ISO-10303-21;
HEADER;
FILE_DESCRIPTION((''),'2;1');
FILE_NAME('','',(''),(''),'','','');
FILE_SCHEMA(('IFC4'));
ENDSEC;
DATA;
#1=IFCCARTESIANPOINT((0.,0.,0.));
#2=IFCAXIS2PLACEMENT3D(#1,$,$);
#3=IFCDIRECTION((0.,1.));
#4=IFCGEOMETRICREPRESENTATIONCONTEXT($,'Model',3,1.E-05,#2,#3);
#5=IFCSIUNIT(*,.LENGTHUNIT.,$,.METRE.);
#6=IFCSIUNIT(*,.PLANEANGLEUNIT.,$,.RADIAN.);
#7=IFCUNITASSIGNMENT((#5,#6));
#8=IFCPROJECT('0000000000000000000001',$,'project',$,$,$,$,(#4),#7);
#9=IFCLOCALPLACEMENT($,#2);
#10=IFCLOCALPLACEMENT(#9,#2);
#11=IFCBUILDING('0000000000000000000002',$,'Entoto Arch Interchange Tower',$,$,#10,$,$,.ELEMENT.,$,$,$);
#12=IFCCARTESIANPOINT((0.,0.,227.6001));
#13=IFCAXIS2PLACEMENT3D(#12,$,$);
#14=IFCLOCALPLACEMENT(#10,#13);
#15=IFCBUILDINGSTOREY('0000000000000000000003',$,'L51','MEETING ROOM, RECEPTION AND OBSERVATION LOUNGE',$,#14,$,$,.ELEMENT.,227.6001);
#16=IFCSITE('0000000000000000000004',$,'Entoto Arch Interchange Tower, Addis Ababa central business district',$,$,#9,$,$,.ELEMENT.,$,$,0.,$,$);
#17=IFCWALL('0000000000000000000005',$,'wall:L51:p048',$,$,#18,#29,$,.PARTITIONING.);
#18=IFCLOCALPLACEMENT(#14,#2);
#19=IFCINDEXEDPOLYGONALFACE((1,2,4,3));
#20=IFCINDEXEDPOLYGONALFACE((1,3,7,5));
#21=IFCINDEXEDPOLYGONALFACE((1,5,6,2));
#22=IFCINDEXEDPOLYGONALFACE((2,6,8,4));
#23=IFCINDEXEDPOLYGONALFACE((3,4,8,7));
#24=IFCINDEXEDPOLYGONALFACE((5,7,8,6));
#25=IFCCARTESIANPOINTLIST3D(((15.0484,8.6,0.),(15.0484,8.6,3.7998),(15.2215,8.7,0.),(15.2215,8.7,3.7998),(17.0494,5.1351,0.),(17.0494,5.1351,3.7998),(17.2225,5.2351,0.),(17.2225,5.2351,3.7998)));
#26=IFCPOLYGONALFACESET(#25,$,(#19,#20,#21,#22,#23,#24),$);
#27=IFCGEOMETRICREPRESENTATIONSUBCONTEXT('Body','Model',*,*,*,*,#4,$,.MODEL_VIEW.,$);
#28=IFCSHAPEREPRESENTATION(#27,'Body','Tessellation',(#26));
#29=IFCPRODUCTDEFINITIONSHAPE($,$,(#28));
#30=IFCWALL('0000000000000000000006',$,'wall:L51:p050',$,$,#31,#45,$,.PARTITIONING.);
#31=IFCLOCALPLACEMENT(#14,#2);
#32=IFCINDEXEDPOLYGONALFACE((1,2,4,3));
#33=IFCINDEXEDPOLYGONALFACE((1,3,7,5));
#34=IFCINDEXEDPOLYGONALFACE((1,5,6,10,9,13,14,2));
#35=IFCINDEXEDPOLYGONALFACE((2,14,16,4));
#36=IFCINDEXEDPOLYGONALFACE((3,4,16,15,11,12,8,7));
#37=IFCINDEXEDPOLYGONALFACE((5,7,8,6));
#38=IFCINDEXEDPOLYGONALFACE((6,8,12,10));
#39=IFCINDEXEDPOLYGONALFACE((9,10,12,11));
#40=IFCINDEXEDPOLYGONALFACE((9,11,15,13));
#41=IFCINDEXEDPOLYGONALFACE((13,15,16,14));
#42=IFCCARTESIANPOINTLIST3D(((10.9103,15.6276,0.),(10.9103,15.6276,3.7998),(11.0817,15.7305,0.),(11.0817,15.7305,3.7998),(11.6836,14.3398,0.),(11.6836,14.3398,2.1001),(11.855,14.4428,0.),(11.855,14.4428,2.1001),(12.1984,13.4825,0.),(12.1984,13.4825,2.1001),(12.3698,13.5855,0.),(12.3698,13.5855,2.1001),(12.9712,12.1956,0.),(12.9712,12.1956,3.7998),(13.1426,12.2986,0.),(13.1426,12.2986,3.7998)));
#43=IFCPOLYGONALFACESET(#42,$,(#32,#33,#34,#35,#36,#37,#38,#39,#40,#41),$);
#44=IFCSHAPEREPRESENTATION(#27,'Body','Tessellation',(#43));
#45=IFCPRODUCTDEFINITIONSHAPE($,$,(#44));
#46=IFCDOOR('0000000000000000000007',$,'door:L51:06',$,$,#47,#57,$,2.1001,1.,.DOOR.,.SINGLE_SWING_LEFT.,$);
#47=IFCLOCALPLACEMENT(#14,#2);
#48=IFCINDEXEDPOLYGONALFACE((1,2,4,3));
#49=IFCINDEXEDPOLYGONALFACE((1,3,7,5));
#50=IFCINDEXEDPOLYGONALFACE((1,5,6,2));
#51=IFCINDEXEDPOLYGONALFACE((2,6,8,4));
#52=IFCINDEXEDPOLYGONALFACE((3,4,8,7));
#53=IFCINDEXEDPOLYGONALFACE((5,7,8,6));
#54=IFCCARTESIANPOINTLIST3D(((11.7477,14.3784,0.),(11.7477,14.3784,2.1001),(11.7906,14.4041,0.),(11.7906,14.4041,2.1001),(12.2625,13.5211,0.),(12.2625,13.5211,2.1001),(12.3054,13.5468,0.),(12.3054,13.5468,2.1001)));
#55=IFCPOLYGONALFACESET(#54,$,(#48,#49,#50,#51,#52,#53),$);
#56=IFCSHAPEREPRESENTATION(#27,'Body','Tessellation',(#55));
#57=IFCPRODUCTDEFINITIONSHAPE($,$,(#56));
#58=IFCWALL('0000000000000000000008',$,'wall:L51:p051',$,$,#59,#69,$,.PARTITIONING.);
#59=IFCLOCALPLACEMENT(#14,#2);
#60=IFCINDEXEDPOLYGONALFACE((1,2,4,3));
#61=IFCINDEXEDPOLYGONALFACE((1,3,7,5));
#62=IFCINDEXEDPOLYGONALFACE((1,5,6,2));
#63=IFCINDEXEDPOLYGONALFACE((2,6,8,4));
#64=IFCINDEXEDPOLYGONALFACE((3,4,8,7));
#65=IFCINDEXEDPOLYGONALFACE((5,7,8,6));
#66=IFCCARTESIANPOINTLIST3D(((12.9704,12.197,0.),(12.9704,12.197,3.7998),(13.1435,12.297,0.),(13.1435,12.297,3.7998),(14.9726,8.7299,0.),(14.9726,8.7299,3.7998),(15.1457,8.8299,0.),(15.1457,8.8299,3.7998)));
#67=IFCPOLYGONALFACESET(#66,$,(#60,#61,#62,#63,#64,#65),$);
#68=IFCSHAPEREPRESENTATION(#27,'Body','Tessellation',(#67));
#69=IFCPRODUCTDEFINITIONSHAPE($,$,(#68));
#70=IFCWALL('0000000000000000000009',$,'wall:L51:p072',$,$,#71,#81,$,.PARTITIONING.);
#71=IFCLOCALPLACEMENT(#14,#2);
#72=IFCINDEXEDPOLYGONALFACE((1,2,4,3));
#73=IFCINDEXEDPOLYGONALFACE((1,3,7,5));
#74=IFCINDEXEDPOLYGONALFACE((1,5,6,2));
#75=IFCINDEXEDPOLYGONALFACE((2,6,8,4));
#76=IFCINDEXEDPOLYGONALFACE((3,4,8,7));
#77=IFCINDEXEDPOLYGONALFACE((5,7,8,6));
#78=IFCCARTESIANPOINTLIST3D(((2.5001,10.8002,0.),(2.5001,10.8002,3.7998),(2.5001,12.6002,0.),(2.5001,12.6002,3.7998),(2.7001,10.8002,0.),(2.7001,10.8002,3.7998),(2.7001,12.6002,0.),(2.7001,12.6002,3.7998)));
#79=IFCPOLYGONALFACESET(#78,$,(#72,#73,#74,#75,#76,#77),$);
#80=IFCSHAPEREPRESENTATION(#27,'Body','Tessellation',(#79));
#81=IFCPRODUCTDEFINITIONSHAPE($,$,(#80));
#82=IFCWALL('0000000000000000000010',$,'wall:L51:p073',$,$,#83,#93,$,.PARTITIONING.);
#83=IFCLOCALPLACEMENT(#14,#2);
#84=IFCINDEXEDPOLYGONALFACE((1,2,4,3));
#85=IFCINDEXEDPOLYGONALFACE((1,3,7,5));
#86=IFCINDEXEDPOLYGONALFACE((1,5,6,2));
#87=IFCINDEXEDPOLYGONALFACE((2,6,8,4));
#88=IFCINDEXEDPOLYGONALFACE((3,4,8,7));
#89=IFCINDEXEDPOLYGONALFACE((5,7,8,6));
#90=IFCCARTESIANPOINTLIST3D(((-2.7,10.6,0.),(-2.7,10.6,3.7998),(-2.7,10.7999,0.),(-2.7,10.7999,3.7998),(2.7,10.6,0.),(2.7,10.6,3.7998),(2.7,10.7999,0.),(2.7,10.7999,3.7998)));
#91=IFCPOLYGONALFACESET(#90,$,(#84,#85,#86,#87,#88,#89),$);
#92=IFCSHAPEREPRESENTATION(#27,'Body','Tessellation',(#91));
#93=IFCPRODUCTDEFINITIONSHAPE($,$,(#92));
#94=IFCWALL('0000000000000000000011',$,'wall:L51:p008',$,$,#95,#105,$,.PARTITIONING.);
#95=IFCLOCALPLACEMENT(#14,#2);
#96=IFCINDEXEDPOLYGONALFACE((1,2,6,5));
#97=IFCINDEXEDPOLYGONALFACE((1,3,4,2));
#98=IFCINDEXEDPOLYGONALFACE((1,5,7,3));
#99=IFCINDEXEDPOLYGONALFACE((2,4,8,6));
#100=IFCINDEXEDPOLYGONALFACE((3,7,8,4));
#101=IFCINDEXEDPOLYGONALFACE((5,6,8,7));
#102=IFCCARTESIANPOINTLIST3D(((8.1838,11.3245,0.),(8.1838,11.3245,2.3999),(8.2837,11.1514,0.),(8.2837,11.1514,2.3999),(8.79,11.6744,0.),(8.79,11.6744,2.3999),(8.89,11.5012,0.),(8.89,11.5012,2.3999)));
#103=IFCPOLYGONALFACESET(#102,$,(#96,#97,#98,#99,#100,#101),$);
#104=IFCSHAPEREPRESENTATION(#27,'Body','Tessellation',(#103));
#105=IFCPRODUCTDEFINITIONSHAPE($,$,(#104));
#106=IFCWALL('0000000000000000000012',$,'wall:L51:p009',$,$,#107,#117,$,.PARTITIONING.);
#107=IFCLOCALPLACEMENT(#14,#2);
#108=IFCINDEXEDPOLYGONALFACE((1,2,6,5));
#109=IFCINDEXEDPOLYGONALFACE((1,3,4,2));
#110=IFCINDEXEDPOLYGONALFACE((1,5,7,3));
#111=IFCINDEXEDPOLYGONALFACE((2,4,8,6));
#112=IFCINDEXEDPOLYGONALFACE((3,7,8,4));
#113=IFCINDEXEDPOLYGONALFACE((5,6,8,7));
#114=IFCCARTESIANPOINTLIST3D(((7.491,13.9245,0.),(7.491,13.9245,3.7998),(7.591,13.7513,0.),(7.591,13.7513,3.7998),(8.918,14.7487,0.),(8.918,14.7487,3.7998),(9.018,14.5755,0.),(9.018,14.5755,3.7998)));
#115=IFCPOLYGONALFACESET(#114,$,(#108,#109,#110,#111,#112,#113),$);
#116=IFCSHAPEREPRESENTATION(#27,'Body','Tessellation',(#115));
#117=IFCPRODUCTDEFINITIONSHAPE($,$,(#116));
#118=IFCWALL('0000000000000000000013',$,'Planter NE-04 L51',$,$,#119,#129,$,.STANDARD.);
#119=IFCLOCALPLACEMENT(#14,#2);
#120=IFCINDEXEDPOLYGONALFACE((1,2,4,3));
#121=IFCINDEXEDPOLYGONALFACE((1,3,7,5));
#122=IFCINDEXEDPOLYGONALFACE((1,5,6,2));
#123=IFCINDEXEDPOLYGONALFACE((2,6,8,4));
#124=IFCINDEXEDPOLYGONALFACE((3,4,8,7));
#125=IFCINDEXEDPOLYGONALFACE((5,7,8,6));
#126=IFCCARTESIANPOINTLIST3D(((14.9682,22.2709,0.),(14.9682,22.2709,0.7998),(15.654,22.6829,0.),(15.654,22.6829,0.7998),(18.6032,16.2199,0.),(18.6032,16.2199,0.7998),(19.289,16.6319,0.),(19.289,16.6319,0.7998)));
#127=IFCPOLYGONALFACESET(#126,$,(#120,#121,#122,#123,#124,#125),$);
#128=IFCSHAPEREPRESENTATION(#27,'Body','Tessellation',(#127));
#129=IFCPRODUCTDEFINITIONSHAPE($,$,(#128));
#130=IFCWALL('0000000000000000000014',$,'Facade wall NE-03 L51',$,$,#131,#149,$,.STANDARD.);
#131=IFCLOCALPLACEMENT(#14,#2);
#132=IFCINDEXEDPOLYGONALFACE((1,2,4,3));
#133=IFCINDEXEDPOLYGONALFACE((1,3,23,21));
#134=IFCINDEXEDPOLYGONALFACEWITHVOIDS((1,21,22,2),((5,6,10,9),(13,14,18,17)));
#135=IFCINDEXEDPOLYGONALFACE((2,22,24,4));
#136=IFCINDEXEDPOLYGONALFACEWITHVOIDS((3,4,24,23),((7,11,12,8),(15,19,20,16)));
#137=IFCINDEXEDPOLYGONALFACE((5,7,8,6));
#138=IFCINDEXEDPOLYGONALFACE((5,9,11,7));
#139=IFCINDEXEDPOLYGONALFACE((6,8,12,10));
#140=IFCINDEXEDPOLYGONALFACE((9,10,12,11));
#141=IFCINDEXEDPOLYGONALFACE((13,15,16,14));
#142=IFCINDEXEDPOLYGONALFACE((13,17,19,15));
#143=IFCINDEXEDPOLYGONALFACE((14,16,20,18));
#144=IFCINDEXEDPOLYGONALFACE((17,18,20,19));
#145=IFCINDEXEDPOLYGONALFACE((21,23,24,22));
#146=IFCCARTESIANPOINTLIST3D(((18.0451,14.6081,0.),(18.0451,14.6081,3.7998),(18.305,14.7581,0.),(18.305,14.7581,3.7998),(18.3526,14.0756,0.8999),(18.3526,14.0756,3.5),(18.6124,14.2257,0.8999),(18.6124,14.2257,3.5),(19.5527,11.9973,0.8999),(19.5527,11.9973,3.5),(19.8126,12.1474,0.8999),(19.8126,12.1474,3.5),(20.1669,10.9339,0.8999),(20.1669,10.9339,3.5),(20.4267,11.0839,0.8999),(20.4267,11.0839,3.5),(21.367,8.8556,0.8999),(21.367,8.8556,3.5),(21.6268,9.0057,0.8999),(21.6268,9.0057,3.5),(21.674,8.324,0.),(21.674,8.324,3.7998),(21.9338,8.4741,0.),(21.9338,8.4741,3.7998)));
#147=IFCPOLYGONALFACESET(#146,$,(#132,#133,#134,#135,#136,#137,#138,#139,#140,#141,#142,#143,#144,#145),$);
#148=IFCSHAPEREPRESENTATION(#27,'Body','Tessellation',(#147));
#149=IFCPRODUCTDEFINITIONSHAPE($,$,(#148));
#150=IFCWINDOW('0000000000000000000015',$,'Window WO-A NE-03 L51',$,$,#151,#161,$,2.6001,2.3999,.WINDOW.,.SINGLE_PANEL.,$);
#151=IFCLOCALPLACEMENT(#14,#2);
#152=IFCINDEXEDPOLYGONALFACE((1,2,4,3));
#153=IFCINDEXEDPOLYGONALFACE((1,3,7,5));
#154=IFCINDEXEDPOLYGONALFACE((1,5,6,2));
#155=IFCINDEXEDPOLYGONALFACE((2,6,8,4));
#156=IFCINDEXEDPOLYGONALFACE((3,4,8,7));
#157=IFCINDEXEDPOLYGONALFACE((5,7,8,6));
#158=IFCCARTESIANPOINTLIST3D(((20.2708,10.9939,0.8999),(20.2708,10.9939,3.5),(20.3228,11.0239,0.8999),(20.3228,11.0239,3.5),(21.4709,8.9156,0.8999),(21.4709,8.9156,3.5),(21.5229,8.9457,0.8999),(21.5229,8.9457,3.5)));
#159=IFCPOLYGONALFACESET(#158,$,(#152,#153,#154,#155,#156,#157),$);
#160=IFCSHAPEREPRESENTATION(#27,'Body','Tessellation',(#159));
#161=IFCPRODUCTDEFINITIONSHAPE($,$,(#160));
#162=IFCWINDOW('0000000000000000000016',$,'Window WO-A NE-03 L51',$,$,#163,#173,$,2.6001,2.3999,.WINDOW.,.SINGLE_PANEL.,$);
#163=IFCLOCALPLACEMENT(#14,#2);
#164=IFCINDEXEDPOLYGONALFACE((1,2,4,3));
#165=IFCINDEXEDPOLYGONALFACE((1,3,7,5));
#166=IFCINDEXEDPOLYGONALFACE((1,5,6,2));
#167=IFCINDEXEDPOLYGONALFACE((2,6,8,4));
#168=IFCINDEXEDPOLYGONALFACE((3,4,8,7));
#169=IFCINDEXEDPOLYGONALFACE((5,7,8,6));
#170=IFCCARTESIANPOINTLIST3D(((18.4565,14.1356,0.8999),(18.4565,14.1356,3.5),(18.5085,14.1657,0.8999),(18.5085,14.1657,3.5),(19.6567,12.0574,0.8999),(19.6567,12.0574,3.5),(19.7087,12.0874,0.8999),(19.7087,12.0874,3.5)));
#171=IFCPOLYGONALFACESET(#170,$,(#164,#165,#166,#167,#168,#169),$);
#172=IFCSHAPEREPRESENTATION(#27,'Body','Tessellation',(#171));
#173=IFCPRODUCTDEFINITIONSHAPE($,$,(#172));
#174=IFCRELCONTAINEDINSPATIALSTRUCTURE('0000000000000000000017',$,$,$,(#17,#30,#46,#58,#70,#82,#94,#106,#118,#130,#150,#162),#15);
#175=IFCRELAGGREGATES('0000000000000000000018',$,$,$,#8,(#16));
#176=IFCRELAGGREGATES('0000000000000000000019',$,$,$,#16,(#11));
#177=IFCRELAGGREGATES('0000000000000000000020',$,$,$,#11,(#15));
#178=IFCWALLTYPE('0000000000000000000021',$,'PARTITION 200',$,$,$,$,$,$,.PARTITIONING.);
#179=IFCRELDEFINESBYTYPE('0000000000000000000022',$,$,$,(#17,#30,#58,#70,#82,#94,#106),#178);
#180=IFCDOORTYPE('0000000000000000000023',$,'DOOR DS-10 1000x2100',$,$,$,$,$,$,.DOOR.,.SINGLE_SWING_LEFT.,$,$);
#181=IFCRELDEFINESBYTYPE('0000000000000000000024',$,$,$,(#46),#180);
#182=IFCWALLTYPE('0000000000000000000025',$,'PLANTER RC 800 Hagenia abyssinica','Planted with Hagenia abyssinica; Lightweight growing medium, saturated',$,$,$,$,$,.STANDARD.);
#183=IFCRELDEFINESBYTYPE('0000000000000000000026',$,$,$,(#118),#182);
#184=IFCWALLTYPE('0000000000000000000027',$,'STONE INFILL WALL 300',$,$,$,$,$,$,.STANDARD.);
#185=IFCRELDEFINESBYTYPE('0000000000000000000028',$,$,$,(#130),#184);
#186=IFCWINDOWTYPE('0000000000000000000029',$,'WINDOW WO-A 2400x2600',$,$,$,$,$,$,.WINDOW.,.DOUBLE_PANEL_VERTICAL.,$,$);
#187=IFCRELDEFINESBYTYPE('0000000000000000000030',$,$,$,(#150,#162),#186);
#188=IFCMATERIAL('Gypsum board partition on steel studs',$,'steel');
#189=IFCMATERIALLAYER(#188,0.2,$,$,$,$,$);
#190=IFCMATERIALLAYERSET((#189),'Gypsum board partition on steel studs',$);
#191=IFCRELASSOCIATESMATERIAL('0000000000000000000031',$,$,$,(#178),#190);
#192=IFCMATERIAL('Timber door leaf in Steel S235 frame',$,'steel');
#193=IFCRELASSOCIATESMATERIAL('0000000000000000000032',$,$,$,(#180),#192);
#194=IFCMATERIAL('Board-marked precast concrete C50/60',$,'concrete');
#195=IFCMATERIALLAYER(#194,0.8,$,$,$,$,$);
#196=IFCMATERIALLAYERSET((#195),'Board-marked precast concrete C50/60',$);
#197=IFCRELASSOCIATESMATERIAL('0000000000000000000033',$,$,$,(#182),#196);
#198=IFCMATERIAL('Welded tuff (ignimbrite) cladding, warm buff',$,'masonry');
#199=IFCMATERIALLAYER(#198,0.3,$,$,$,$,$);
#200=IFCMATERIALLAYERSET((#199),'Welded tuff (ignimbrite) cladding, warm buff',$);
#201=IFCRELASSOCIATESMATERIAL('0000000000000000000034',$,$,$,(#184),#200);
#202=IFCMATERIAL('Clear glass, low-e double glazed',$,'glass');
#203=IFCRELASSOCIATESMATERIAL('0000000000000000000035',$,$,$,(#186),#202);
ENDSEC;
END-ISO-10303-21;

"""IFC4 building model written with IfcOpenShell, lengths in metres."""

from ifc_helpers import new_model, si_unit, direction, frame, frame_2d, origin, place, context, subcontext, project, spatial, rectangle, extrude, material, layer, layer_set, type_object, element, fill, save


model = new_model("IFC4")

# Units and contexts
model_context = context("Model", 3, precision=1e-05, world=origin(), true_north=direction((0.0, 1.0)))
body_context = subcontext(model_context, "Body", "Model", "MODEL_VIEW")
ifc_project = project(units=[si_unit("LENGTHUNIT", "METRE"), si_unit("PLANEANGLEUNIT", "RADIAN")], contexts=[model_context])

# Site, building, storey
site_placement = place(None, origin())
site = spatial("IfcSite", under=ifc_project, at=site_placement, Name="Entoto Arch Interchange Tower, Addis Ababa central business district", CompositionType="ELEMENT", RefElevation=0.0)
building_placement = place(site_placement, origin())
building = spatial("IfcBuilding", under=site, at=building_placement, Name="Entoto Arch Interchange Tower", CompositionType="ELEMENT")
storey_placement = place(building_placement, frame((0.0, 0.0, 227.6001)))
storey = spatial("IfcBuildingStorey", under=building, at=storey_placement, Name="L51", Description="MEETING ROOM, RECEPTION AND OBSERVATION LOUNGE", CompositionType="ELEMENT", Elevation=227.6001)

# Shared definitions
ifc_material_1 = material(Name="Gypsum board partition on steel studs", Category="steel")
ifc_layer_1 = layer(ifc_material_1, 0.2)
ifc_layer_set_1 = layer_set([ifc_layer_1], Name="Gypsum board partition on steel studs")
wall_type_1 = type_object("IfcWallType", Name="PARTITION 200", PredefinedType="PARTITIONING", material=ifc_layer_set_1)

# Shared definitions
ifc_material_2 = material(Name="Timber door leaf in Steel S235 frame", Category="steel")
door_type_1 = type_object("IfcDoorType", Name="DOOR DS-10 1000x2100", OperationType="SINGLE_SWING_LEFT", PredefinedType="DOOR", material=ifc_material_2)

# Wall
wall_1_placement = place(storey_placement, frame((15.135, 8.6499, 0.0), z_axis=(0.0, 0.0, 1.0), x_axis=(0.500103, -0.865966, 0.0)))
element("IfcWall", 1, at=wall_1_placement, inside=storey, type_object=wall_type_1, Name="wall:L51:p048", PredefinedType="PARTITIONING", context=body_context, shape_type="SweptSolid", body=[
    extrude(rectangle(XDim=4.0012, YDim=0.2, at=frame_2d((2.0005, 0.0))), origin(), (0.0, 0.0, 1.0), 3.7998),
])

# Wall, opening, door
wall_2_placement = place(storey_placement, frame((10.9961, 15.679, 0.0), z_axis=(0.0, 0.0, 1.0), x_axis=(0.514801, -0.85731, 0.0)))
wall_2 = element("IfcWall", 2, at=wall_2_placement, inside=storey, type_object=wall_type_1, Name="wall:L51:p050", PredefinedType="PARTITIONING", context=body_context, shape_type="SweptSolid", body=[
    extrude(rectangle(XDim=4.0032, YDim=0.2, at=frame_2d((2.0015, 0.0))), origin(), (0.0, 0.0, 1.0), 3.7998),
])
opening_1_placement = place(wall_2_placement, frame((1.502, 0.0, 0.0)))
opening_1 = element("IfcOpeningElement", 3, at=opening_1_placement, cuts=wall_2, PredefinedType="OPENING", context=body_context, shape_type="SweptSolid", body=[
    extrude(rectangle(XDim=1.0, YDim=2.1001, at=frame_2d((0.5, 1.05))), frame((0.0, 0.1099, 0.0), z_axis=(0.0, -1.0, 0.0), x_axis=(1.0, 0.0, 0.0)), (0.0, 0.0, 1.0), 0.22),
])
door_1_placement = place(opening_1_placement, origin())
door_1 = element("IfcDoor", 4, at=door_1_placement, inside=storey, type_object=door_type_1, Name="door:L51:06", OperationType="SINGLE_SWING_LEFT", OverallHeight=2.1001, OverallWidth=1.0, PredefinedType="DOOR", context=body_context, shape_type="SweptSolid", body=[
    extrude(rectangle(XDim=1.0, YDim=2.1001, at=frame_2d((0.5, 1.05))), frame((0.0, 0.0249, 0.0), z_axis=(0.0, -1.0, 0.0), x_axis=(1.0, 0.0, 0.0)), (0.0, 0.0, 1.0), 0.05),
])
fill(opening_1, door_1)

# Walls
wall_3_placement = place(storey_placement, frame((13.0569, 12.2471, 0.0), z_axis=(0.0, 0.0, 1.0), x_axis=(0.500094, -0.865971, 0.0)))
element("IfcWall", 5, at=wall_3_placement, inside=storey, type_object=wall_type_1, Name="wall:L51:p051", PredefinedType="PARTITIONING", context=body_context, shape_type="SweptSolid", body=[
    extrude(rectangle(XDim=4.0037, YDim=0.2, at=frame_2d((2.002, 0.0))), origin(), (0.0, 0.0, 1.0), 3.7998),
])
wall_4_placement = place(storey_placement, frame((2.6001, 12.6001, 0.0), z_axis=(0.0, 0.0, 1.0), x_axis=(0.0, -1.0, 0.0)))
element("IfcWall", 6, at=wall_4_placement, inside=storey, type_object=wall_type_1, Name="wall:L51:p072", PredefinedType="PARTITIONING", context=body_context, shape_type="SweptSolid", body=[
    extrude(rectangle(XDim=1.8, YDim=0.2, at=frame_2d((0.8999, 0.0))), origin(), (0.0, 0.0, 1.0), 3.7998),
])
wall_5_placement = place(storey_placement, frame((2.7, 10.7, 0.0), z_axis=(0.0, 0.0, 1.0), x_axis=(-1.0, 0.0, 0.0)))
element("IfcWall", 7, at=wall_5_placement, inside=storey, type_object=wall_type_1, Name="wall:L51:p073", PredefinedType="PARTITIONING", context=body_context, shape_type="SweptSolid", body=[
    extrude(rectangle(XDim=5.3999, YDim=0.2, at=frame_2d((2.7, 0.0))), origin(), (0.0, 0.0, 1.0), 3.7998),
])
wall_6_placement = place(storey_placement, frame((8.8401, 11.5879, 0.0), z_axis=(0.0, 0.0, 1.0), x_axis=(-0.86611, -0.499853, 0.0)))
element("IfcWall", 8, at=wall_6_placement, inside=storey, type_object=wall_type_1, Name="wall:L51:p008", PredefinedType="PARTITIONING", context=body_context, shape_type="SweptSolid", body=[
    extrude(rectangle(XDim=0.7, YDim=0.2, at=frame_2d((0.3501, 0.0))), origin(), (0.0, 0.0, 1.0), 2.3999),
])
wall_7_placement = place(storey_placement, frame((7.541, 13.8379, 0.0), z_axis=(0.0, 0.0, 1.0), x_axis=(0.865936, 0.500154, 0.0)))
element("IfcWall", 9, at=wall_7_placement, inside=storey, type_object=wall_type_1, Name="wall:L51:p009", PredefinedType="PARTITIONING", context=body_context, shape_type="SweptSolid", body=[
    extrude(rectangle(XDim=1.6479, YDim=0.2, at=frame_2d((0.824, 0.0))), origin(), (0.0, 0.0, 1.0), 3.7998),
])
ifc_material_3 = material(Name="Board-marked precast concrete C50/60", Category="concrete")
ifc_layer_2 = layer(ifc_material_3, 0.8)
ifc_layer_set_2 = layer_set([ifc_layer_2], Name="Board-marked precast concrete C50/60")
wall_type_2 = type_object("IfcWallType", Name="PLANTER RC 800 Hagenia abyssinica", Description="Planted with Hagenia abyssinica; Lightweight growing medium, saturated", PredefinedType="STANDARD", material=ifc_layer_set_2)
wall_8_placement = place(storey_placement, frame((18.946, 16.426, 0.0), z_axis=(0.0, 0.0, 1.0), x_axis=(-0.514953, 0.857218, 0.0)))
element("IfcWall", 10, at=wall_8_placement, inside=storey, type_object=wall_type_2, Name="Planter NE-04 L51", PredefinedType="STANDARD", context=body_context, shape_type="SweptSolid", body=[
    extrude(rectangle(XDim=7.0588, YDim=0.8, at=frame_2d((3.5293, 0.0))), origin(), (0.0, 0.0, 1.0), 0.7998),
])

# Wall, openings, windows
ifc_material_4 = material(Name="Welded tuff (ignimbrite) cladding, warm buff", Category="masonry")
ifc_layer_3 = layer(ifc_material_4, 0.3)
ifc_layer_set_3 = layer_set([ifc_layer_3], Name="Welded tuff (ignimbrite) cladding, warm buff")
wall_type_3 = type_object("IfcWallType", Name="STONE INFILL WALL 300", PredefinedType="STANDARD", material=ifc_layer_set_3)
wall_9_placement = place(storey_placement, frame((21.804, 8.3989, 0.0), z_axis=(0.0, 0.0, 1.0), x_axis=(-0.500076, 0.865982, 0.0)))
wall_9 = element("IfcWall", 11, at=wall_9_placement, inside=storey, type_object=wall_type_3, Name="Facade wall NE-03 L51", PredefinedType="STANDARD", context=body_context, shape_type="SweptSolid", body=[
    extrude(rectangle(XDim=7.2566, YDim=0.3, at=frame_2d((3.6284, 0.0))), origin(), (0.0, 0.0, 1.0), 3.7998),
])
opening_2_placement = place(wall_9_placement, frame((0.614, 0.0, 0.8999)))
opening_2 = element("IfcOpeningElement", 12, at=opening_2_placement, cuts=wall_9, PredefinedType="OPENING", context=body_context, shape_type="SweptSolid", body=[
    extrude(rectangle(XDim=2.3999, YDim=2.6001, at=frame_2d((1.2, 1.3))), frame((0.0, 0.1602, 0.0), z_axis=(0.0, -1.0, 0.0), x_axis=(1.0, 0.0, 0.0)), (0.0, 0.0, 1.0), 0.3201),
])
opening_3_placement = place(wall_9_placement, frame((4.2419, 0.0, 0.8999)))
opening_3 = element("IfcOpeningElement", 13, at=opening_3_placement, cuts=wall_9, PredefinedType="OPENING", context=body_context, shape_type="SweptSolid", body=[
    extrude(rectangle(XDim=2.3999, YDim=2.6001, at=frame_2d((1.2, 1.3))), frame((0.0, 0.1602, 0.0), z_axis=(0.0, -1.0, 0.0), x_axis=(1.0, 0.0, 0.0)), (0.0, 0.0, 1.0), 0.3201),
])
ifc_material_5 = material(Name="Clear glass, low-e double glazed", Category="glass")
window_type = type_object("IfcWindowType", Name="WINDOW WO-A 2400x2600", PartitioningType="DOUBLE_PANEL_VERTICAL", PredefinedType="WINDOW", material=ifc_material_5)
window_1_placement = place(opening_2_placement, origin())
window_1 = element("IfcWindow", 14, at=window_1_placement, inside=storey, type_object=window_type, Name="Window WO-A NE-03 L51", OverallHeight=2.6001, OverallWidth=2.3999, PartitioningType="SINGLE_PANEL", PredefinedType="WINDOW", context=body_context, shape_type="SweptSolid", body=[
    extrude(rectangle(XDim=2.3999, YDim=2.6001, at=frame_2d((1.2, 1.3))), frame((0.0, 0.03, 0.0), z_axis=(0.0, -1.0, 0.0), x_axis=(1.0, 0.0, 0.0)), (0.0, 0.0, 1.0), 0.0601),
])
fill(opening_2, window_1)
window_2_placement = place(opening_3_placement, origin())
window_2 = element("IfcWindow", 15, at=window_2_placement, inside=storey, type_object=window_type, Name="Window WO-A NE-03 L51", OverallHeight=2.6001, OverallWidth=2.3999, PartitioningType="SINGLE_PANEL", PredefinedType="WINDOW", context=body_context, shape_type="SweptSolid", body=[
    extrude(rectangle(XDim=2.3999, YDim=2.6001, at=frame_2d((1.2, 1.3))), frame((0.0, 0.03, 0.0), z_axis=(0.0, -1.0, 0.0), x_axis=(1.0, 0.0, 0.0)), (0.0, 0.0, 1.0), 0.0601),
])
fill(opening_3, window_2)

save(model, "model.ifc")
